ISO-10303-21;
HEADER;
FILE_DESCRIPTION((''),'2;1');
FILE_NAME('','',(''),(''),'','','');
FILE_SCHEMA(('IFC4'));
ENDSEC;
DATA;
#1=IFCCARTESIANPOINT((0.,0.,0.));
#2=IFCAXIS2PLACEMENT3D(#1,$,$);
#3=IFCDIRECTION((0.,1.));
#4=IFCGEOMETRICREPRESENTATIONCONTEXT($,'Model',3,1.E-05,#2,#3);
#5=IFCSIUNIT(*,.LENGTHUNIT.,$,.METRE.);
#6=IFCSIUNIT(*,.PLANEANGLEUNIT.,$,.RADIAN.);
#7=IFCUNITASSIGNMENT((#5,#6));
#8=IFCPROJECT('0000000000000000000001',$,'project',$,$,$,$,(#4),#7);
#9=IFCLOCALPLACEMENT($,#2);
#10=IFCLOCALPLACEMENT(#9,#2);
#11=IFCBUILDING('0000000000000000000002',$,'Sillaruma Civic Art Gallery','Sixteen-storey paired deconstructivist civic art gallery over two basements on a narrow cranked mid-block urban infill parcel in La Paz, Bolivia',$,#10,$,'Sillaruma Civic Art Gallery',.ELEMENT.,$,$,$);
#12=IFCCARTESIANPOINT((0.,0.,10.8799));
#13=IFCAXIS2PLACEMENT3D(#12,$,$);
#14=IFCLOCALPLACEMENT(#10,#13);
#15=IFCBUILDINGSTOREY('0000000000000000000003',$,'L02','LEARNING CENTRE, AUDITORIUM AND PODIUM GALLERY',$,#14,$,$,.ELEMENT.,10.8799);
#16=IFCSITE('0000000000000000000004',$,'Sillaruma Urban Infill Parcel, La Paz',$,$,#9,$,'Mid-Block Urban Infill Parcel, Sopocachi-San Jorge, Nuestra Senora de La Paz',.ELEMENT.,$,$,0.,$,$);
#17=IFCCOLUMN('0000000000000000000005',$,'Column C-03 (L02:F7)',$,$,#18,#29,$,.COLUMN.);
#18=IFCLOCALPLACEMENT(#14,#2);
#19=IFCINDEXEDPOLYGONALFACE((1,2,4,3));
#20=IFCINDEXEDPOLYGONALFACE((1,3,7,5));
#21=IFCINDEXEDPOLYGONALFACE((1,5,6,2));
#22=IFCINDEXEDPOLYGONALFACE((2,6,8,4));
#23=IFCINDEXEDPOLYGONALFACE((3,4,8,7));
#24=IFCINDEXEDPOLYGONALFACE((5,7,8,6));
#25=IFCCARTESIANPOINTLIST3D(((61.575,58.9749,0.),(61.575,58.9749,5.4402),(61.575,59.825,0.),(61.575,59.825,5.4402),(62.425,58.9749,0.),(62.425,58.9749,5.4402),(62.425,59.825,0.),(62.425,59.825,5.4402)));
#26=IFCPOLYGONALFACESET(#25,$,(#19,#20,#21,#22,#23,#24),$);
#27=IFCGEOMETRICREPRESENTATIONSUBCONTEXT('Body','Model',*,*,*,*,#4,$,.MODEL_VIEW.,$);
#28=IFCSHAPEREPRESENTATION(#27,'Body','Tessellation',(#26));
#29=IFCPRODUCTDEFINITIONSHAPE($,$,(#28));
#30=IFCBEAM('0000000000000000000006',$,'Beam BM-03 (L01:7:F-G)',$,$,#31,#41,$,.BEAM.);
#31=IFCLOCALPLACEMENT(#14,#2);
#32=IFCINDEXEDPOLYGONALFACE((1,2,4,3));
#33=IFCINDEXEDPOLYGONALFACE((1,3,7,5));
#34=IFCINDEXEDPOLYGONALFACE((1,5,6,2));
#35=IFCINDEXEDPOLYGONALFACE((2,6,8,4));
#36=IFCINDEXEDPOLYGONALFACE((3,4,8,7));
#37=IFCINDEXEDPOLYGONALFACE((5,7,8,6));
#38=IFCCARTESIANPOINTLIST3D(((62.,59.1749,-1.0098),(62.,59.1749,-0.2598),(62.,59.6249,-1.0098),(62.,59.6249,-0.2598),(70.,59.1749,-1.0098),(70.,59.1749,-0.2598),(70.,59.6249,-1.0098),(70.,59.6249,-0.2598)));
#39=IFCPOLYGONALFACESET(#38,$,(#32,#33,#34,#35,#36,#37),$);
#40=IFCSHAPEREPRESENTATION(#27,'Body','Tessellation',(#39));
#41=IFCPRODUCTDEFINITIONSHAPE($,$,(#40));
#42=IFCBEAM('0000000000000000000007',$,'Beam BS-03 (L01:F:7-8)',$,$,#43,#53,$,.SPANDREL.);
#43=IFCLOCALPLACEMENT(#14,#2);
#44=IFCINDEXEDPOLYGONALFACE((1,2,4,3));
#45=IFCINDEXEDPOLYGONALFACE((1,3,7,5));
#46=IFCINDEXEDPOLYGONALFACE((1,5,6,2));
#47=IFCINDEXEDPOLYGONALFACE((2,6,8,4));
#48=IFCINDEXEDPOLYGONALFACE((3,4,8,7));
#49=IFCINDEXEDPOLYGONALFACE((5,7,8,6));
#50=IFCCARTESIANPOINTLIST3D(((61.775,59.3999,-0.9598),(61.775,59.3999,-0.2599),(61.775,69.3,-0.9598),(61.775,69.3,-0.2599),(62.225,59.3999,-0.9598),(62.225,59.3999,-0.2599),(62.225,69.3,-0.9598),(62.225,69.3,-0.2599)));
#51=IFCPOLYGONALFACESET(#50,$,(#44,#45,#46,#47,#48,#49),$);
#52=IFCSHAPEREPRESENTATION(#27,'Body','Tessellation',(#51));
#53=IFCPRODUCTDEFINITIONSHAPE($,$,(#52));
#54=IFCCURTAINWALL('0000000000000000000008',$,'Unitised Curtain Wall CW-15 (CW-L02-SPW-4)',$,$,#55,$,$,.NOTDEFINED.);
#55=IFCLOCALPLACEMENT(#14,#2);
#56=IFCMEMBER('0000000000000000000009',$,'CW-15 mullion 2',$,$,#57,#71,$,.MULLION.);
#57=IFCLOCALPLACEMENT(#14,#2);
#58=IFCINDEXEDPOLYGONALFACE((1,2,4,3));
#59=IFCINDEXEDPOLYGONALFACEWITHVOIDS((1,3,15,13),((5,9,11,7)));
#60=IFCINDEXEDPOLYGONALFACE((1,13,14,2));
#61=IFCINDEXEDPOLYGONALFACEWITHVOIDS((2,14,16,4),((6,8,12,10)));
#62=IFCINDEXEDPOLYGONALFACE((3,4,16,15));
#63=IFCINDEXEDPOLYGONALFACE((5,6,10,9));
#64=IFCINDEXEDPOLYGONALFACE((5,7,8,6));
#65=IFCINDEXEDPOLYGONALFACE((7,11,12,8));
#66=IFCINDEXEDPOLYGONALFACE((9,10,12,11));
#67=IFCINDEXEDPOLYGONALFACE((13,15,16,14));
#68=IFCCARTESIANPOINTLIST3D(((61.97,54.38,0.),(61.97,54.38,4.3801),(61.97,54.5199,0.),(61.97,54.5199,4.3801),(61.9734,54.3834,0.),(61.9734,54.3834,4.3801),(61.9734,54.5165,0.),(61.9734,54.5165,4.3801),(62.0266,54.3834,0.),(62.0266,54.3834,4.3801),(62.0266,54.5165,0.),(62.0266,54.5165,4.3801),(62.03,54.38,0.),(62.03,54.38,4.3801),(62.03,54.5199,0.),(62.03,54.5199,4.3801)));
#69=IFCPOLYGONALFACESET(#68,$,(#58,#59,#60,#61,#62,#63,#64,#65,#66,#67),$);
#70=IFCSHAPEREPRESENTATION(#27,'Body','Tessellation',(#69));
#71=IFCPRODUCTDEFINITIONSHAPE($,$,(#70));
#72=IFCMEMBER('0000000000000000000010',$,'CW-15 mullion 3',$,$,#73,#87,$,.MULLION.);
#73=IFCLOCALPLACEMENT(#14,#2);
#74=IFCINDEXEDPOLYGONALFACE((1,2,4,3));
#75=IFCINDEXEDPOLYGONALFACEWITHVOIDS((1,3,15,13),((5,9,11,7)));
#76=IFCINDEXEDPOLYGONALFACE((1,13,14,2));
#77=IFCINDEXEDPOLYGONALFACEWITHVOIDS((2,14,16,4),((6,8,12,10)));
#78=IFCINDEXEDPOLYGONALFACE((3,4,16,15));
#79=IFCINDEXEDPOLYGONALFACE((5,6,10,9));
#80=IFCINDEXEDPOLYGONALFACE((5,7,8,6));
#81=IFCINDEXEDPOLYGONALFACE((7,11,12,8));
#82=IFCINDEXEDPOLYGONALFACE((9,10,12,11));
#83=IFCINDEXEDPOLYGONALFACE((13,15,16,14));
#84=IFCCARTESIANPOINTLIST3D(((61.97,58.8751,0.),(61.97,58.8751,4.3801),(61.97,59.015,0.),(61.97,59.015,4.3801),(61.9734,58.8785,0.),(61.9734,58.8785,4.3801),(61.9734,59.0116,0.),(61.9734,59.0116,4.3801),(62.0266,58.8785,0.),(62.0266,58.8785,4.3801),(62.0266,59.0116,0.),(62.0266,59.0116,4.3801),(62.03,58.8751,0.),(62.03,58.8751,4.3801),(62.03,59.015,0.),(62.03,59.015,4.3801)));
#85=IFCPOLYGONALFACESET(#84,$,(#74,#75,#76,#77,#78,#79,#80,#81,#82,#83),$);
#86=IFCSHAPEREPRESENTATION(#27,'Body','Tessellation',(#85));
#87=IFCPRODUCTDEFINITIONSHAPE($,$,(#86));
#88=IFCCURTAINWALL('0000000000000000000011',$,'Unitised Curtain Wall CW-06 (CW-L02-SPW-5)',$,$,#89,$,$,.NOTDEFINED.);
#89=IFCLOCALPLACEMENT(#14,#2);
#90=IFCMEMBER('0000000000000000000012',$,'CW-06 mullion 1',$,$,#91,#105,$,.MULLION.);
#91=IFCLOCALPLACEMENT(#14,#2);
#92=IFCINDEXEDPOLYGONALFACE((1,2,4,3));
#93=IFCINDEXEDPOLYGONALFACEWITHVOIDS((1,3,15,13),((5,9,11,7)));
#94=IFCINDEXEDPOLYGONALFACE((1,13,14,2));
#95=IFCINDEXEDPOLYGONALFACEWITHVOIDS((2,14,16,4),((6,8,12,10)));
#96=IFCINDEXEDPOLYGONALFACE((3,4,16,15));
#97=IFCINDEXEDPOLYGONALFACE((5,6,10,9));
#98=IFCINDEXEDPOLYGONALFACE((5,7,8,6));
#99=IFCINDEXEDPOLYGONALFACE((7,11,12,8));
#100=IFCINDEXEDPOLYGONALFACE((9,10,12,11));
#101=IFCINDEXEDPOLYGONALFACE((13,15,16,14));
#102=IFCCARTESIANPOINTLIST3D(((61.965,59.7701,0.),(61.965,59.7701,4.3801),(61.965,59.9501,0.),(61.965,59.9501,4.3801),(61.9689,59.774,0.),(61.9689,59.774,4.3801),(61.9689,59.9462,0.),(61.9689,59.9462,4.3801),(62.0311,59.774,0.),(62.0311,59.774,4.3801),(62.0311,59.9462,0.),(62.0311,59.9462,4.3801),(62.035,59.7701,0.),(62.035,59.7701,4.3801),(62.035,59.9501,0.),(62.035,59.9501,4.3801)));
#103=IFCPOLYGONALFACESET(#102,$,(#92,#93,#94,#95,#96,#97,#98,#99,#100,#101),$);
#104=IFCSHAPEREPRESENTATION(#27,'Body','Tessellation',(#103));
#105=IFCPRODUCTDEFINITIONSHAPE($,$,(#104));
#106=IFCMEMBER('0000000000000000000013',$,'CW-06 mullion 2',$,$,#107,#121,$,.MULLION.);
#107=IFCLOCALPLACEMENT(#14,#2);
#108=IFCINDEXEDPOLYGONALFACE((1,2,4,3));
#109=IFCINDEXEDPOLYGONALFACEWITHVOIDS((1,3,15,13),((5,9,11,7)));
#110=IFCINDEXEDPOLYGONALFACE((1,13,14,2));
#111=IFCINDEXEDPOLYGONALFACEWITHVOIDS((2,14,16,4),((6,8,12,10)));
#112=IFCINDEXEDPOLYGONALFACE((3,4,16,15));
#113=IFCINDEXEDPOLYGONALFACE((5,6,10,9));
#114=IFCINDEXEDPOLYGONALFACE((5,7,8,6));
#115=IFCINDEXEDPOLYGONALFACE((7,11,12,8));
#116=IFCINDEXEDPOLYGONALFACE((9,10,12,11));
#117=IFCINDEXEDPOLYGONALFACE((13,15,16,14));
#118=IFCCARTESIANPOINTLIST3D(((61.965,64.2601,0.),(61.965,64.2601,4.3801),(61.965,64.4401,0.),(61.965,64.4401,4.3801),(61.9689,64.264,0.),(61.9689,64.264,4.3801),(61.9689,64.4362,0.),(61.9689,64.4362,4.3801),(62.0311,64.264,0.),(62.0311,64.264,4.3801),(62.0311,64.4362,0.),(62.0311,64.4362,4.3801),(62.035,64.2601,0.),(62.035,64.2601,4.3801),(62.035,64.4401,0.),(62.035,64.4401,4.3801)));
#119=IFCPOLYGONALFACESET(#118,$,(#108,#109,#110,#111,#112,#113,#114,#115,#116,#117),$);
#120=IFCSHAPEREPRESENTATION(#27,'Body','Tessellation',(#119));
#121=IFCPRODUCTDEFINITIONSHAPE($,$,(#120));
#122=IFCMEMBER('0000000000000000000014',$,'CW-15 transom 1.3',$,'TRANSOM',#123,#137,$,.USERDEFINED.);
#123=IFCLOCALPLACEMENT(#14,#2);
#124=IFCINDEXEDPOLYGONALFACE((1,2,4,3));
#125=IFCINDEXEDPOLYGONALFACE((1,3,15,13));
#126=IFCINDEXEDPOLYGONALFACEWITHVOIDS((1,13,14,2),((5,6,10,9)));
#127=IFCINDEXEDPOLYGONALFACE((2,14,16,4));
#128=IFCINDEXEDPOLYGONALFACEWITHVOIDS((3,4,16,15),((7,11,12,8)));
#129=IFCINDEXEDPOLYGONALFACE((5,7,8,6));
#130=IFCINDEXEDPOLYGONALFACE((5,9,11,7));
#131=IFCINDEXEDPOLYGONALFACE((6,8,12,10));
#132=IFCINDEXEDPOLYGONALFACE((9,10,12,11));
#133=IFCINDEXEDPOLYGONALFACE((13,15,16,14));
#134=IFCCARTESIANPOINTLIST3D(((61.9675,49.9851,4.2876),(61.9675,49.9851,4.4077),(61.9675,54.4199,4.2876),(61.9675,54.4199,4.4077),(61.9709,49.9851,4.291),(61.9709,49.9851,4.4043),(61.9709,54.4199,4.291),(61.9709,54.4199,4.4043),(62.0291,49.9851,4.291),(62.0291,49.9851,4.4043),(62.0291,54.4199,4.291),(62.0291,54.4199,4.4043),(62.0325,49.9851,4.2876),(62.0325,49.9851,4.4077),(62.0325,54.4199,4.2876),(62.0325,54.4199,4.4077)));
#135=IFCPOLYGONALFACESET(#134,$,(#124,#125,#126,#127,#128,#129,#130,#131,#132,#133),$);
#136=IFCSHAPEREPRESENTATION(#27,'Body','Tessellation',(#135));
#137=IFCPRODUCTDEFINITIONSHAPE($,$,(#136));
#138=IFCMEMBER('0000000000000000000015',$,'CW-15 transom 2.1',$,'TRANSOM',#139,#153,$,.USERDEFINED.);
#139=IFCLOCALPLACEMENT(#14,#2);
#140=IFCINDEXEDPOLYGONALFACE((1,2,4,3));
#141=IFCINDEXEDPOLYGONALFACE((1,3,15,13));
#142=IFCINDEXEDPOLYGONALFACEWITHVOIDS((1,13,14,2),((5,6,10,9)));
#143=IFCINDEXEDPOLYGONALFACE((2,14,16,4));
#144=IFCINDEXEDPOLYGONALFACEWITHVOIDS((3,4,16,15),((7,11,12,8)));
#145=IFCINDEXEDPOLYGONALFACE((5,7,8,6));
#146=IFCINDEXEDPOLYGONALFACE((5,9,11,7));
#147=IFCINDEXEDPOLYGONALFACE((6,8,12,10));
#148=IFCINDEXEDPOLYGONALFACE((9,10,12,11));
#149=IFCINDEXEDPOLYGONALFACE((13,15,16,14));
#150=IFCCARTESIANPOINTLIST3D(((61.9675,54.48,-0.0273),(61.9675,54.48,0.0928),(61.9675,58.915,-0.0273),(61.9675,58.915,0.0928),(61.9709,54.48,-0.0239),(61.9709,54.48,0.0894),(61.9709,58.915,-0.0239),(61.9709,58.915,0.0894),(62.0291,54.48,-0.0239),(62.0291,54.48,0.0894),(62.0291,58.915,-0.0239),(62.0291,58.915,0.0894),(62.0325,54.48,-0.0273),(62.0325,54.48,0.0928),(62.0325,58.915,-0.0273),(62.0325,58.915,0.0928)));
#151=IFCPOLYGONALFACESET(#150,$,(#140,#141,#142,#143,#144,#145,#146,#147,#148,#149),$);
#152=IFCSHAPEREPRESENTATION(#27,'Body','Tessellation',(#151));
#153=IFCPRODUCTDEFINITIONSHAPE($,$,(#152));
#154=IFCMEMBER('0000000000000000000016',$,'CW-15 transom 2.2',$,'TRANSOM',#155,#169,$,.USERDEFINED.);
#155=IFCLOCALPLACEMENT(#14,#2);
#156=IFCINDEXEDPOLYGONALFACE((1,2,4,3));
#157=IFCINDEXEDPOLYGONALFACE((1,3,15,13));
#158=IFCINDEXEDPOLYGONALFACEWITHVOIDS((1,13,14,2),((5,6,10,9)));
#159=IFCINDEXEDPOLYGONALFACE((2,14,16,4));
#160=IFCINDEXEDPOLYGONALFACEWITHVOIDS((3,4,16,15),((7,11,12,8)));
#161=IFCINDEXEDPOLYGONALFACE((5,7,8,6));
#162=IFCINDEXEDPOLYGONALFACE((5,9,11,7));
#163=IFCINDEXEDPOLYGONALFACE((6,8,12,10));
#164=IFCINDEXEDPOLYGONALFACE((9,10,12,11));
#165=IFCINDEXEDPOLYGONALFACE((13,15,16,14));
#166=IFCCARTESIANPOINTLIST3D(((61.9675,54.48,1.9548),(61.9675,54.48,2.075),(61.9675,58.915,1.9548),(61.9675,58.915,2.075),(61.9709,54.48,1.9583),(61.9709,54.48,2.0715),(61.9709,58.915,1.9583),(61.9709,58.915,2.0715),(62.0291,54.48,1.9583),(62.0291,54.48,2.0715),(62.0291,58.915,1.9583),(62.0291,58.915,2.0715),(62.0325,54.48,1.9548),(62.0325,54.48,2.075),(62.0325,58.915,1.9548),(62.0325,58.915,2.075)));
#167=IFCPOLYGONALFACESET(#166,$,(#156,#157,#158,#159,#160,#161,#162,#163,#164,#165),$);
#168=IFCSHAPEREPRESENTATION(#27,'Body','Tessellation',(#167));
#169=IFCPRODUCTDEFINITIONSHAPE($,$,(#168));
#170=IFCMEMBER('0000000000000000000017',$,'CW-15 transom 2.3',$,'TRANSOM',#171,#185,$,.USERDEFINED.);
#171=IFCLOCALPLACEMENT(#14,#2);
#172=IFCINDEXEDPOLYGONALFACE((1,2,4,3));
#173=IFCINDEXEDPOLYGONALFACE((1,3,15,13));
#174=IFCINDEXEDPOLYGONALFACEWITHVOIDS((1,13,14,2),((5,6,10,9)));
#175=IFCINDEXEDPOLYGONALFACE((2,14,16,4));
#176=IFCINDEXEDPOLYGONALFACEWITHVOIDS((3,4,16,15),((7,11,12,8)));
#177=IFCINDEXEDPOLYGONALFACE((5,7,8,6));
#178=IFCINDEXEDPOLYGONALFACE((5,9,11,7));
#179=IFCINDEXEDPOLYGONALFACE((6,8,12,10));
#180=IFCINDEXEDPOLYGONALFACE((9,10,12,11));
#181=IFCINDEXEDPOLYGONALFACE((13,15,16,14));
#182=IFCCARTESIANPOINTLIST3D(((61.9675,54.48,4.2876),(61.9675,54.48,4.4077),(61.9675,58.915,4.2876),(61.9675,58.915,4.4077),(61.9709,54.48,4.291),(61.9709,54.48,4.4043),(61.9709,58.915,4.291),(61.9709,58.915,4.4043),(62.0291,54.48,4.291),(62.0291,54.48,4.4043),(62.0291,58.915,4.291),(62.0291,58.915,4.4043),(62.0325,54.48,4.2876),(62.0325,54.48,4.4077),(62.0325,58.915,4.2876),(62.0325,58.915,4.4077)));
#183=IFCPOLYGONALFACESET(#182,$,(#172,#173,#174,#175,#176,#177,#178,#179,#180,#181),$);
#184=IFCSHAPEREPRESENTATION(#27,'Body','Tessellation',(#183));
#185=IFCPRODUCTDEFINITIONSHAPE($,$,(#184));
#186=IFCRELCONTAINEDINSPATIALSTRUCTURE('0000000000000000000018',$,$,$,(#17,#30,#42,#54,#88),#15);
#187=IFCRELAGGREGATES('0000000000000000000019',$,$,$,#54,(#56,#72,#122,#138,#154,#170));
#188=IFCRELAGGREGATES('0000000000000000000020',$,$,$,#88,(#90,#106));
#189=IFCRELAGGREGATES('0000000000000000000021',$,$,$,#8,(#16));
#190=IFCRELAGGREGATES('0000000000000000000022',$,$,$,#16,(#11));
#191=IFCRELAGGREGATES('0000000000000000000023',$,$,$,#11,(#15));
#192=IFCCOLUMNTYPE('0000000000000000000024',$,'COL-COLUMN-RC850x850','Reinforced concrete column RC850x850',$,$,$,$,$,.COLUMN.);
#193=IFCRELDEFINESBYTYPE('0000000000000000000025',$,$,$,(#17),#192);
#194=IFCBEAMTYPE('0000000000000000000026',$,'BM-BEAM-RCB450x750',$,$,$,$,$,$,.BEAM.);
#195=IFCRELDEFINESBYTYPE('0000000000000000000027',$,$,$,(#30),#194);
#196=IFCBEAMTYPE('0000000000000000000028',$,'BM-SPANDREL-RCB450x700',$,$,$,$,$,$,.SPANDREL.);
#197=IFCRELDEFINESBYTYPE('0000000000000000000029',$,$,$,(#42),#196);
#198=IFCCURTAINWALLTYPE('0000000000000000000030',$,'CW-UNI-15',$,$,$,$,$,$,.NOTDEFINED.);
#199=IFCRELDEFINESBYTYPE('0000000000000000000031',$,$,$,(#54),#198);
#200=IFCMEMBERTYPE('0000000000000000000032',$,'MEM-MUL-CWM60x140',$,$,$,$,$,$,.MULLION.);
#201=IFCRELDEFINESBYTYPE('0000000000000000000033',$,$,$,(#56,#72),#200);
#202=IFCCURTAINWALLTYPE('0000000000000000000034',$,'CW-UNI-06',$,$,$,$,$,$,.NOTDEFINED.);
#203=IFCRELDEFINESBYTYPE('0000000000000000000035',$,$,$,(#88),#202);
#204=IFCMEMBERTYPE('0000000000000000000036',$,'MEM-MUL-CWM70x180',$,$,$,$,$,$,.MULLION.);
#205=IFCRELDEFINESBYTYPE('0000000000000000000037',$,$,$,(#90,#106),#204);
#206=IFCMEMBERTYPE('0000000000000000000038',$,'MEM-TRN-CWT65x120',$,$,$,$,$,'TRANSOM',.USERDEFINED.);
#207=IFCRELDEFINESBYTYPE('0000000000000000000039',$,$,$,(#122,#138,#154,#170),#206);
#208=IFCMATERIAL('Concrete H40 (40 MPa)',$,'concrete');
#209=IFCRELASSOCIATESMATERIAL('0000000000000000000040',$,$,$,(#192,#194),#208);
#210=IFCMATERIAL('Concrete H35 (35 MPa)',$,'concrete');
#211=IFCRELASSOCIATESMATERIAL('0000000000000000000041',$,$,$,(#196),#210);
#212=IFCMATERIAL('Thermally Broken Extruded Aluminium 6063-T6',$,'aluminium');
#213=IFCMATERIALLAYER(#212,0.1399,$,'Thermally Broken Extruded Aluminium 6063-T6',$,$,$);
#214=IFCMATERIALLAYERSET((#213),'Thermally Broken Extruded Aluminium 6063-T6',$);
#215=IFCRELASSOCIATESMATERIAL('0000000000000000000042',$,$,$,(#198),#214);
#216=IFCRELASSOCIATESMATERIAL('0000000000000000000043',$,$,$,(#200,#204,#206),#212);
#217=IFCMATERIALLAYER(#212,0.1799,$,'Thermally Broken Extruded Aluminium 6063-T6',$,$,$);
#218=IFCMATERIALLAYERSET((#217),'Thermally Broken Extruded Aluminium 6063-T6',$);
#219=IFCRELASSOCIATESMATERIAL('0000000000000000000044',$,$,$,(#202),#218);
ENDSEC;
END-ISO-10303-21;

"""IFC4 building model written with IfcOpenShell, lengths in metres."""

from ifc_helpers import new_model, si_unit, direction, frame, origin, origin_2d, place, context, subcontext, project, spatial, rectangle, hollow_rectangle, extrude, material, layer, layer_set, material_profile, profile_set, type_object, element, aggregate, save


model = new_model("IFC4")

# Units and contexts
model_context = context("Model", 3, precision=1e-05, world=origin(), true_north=direction((0.0, 1.0)))
body_context = subcontext(model_context, "Body", "Model", "MODEL_VIEW")
ifc_project = project(units=[si_unit("LENGTHUNIT", "METRE"), si_unit("PLANEANGLEUNIT", "RADIAN")], contexts=[model_context])

# Site, building, storey
site_placement = place(None, origin())
site = spatial("IfcSite", under=ifc_project, at=site_placement, Name="Sillaruma Urban Infill Parcel, La Paz", LongName="Mid-Block Urban Infill Parcel, Sopocachi-San Jorge, Nuestra Senora de La Paz", CompositionType="ELEMENT", RefElevation=0.0)
building_placement = place(site_placement, origin())
building = spatial("IfcBuilding", under=site, at=building_placement, Name="Sillaruma Civic Art Gallery", Description="Sixteen-storey paired deconstructivist civic art gallery over two basements on a narrow cranked mid-block urban infill parcel in La Paz, Bolivia", LongName="Sillaruma Civic Art Gallery", CompositionType="ELEMENT")
storey_placement = place(building_placement, frame((0.0, 0.0, 10.8799)))
storey = spatial("IfcBuildingStorey", under=building, at=storey_placement, Name="L02", Description="LEARNING CENTRE, AUDITORIUM AND PODIUM GALLERY", CompositionType="ELEMENT", Elevation=10.8799)

# Column
ifc_material_1 = material(Name="Concrete H40 (40 MPa)", Category="concrete")
ifc_material_profile_1 = material_profile(ifc_material_1, rectangle(XDim=0.8501, YDim=0.8501, at=origin_2d()), Name="RC850x850")
ifc_profile_set_1 = profile_set([ifc_material_profile_1], Name="Concrete H40 (40 MPa)")
column_type = type_object("IfcColumnType", Name="COL-COLUMN-RC850x850", Description="Reinforced concrete column RC850x850", PredefinedType="COLUMN", material=ifc_profile_set_1)
column_placement = place(storey_placement, frame((62.0, 59.3999, 0.0), z_axis=(0.0, 0.0, 1.0), x_axis=(1.0, 0.0, 0.0)))
element("IfcColumn", 1, at=column_placement, inside=storey, type_object=column_type, Name="Column C-03 (L02:F7)", PredefinedType="COLUMN", context=body_context, shape_type="SweptSolid", body=[
    extrude(rectangle(XDim=0.8501, YDim=0.8501, at=origin_2d()), origin(), (0.0, 0.0, 1.0), 5.4402),
])

# Beams
ifc_material_profile_2 = material_profile(ifc_material_1, rectangle(XDim=0.45, YDim=0.75, at=origin_2d()), Name="RCB450x750")
ifc_profile_set_2 = profile_set([ifc_material_profile_2], Name="Concrete H40 (40 MPa)")
beam_type_1 = type_object("IfcBeamType", Name="BM-BEAM-RCB450x750", PredefinedType="BEAM", material=ifc_profile_set_2)
beam_1_placement = place(storey_placement, frame((62.0, 59.3999, -0.6348), z_axis=(1.0, 0.0, 0.0), x_axis=(0.0, 1.0, 0.0)))
element("IfcBeam", 2, at=beam_1_placement, inside=storey, type_object=beam_type_1, Name="Beam BM-03 (L01:7:F-G)", PredefinedType="BEAM", context=body_context, shape_type="SweptSolid", body=[
    extrude(rectangle(XDim=0.45, YDim=0.75, at=origin_2d()), origin(), (0.0, 0.0, 1.0), 8.0),
])
ifc_material_2 = material(Name="Concrete H35 (35 MPa)", Category="concrete")
ifc_material_profile_3 = material_profile(ifc_material_2, rectangle(XDim=0.45, YDim=0.7, at=origin_2d()), Name="RCB450x700")
ifc_profile_set_3 = profile_set([ifc_material_profile_3], Name="Concrete H35 (35 MPa)")
beam_type_2 = type_object("IfcBeamType", Name="BM-SPANDREL-RCB450x700", PredefinedType="SPANDREL", material=ifc_profile_set_3)
beam_2_placement = place(storey_placement, frame((62.0, 59.3999, -0.6099), z_axis=(0.0, 1.0, 0.0), x_axis=(-1.0, 0.0, 0.0)))
element("IfcBeam", 3, at=beam_2_placement, inside=storey, type_object=beam_type_2, Name="Beam BS-03 (L01:F:7-8)", PredefinedType="SPANDREL", context=body_context, shape_type="SweptSolid", body=[
    extrude(rectangle(XDim=0.45, YDim=0.7, at=origin_2d()), origin(), (0.0, 0.0, 1.0), 9.9001),
])

# Curtain walls, members
ifc_material_3 = material(Name="Thermally Broken Extruded Aluminium 6063-T6", Category="aluminium")
ifc_layer_1 = layer(ifc_material_3, 0.1399, Name="Thermally Broken Extruded Aluminium 6063-T6")
ifc_layer_set_1 = layer_set([ifc_layer_1], Name="Thermally Broken Extruded Aluminium 6063-T6")
curtain_wall_type_1 = type_object("IfcCurtainWallType", Name="CW-UNI-15", PredefinedType="NOTDEFINED", material=ifc_layer_set_1)
curtain_wall_1_placement = place(storey_placement, origin())
curtain_wall_1 = element("IfcCurtainWall", 4, at=curtain_wall_1_placement, inside=storey, type_object=curtain_wall_type_1, Name="Unitised Curtain Wall CW-15 (CW-L02-SPW-4)", PredefinedType="NOTDEFINED")
ifc_material_profile_4 = material_profile(ifc_material_3, hollow_rectangle(XDim=0.0601, YDim=0.1399, WallThickness=0.0034, at=origin_2d()), Name="CWM60x140")
ifc_profile_set_4 = profile_set([ifc_material_profile_4], Name="Thermally Broken Extruded Aluminium 6063-T6")
member_type_1 = type_object("IfcMemberType", Name="MEM-MUL-CWM60x140", PredefinedType="MULLION", material=ifc_profile_set_4)
member_1_placement = place(storey_placement, frame((62.0, 54.45, 0.0), z_axis=(0.0, 0.0, 1.0), x_axis=(-1.0, 0.0, 0.0)))
member_1 = element("IfcMember", 5, at=member_1_placement, type_object=member_type_1, Name="CW-15 mullion 2", PredefinedType="MULLION", context=body_context, shape_type="SweptSolid", body=[
    extrude(hollow_rectangle(XDim=0.0601, YDim=0.1399, WallThickness=0.0034, at=origin_2d()), origin(), (0.0, 0.0, 1.0), 4.3801),
])
member_2_placement = place(storey_placement, frame((62.0, 58.9451, 0.0), z_axis=(0.0, 0.0, 1.0), x_axis=(-1.0, 0.0, 0.0)))
member_2 = element("IfcMember", 6, at=member_2_placement, type_object=member_type_1, Name="CW-15 mullion 3", PredefinedType="MULLION", context=body_context, shape_type="SweptSolid", body=[
    extrude(hollow_rectangle(XDim=0.0601, YDim=0.1399, WallThickness=0.0034, at=origin_2d()), origin(), (0.0, 0.0, 1.0), 4.3801),
])
ifc_layer_2 = layer(ifc_material_3, 0.1799, Name="Thermally Broken Extruded Aluminium 6063-T6")
ifc_layer_set_2 = layer_set([ifc_layer_2], Name="Thermally Broken Extruded Aluminium 6063-T6")
curtain_wall_type_2 = type_object("IfcCurtainWallType", Name="CW-UNI-06", PredefinedType="NOTDEFINED", material=ifc_layer_set_2)
curtain_wall_2_placement = place(storey_placement, origin())
curtain_wall_2 = element("IfcCurtainWall", 7, at=curtain_wall_2_placement, inside=storey, type_object=curtain_wall_type_2, Name="Unitised Curtain Wall CW-06 (CW-L02-SPW-5)", PredefinedType="NOTDEFINED")
ifc_material_profile_5 = material_profile(ifc_material_3, hollow_rectangle(XDim=0.0701, YDim=0.1799, WallThickness=0.0039, at=origin_2d()), Name="CWM70x180")
ifc_profile_set_5 = profile_set([ifc_material_profile_5], Name="Thermally Broken Extruded Aluminium 6063-T6")
member_type_2 = type_object("IfcMemberType", Name="MEM-MUL-CWM70x180", PredefinedType="MULLION", material=ifc_profile_set_5)
member_3_placement = place(storey_placement, frame((62.0, 59.8601, 0.0), z_axis=(0.0, 0.0, 1.0), x_axis=(-1.0, 0.0, 0.0)))
member_3 = element("IfcMember", 8, at=member_3_placement, type_object=member_type_2, Name="CW-06 mullion 1", PredefinedType="MULLION", context=body_context, shape_type="SweptSolid", body=[
    extrude(hollow_rectangle(XDim=0.0701, YDim=0.1799, WallThickness=0.0039, at=origin_2d()), origin(), (0.0, 0.0, 1.0), 4.3801),
])
member_4_placement = place(storey_placement, frame((62.0, 64.3501, 0.0), z_axis=(0.0, 0.0, 1.0), x_axis=(-1.0, 0.0, 0.0)))
member_4 = element("IfcMember", 9, at=member_4_placement, type_object=member_type_2, Name="CW-06 mullion 2", PredefinedType="MULLION", context=body_context, shape_type="SweptSolid", body=[
    extrude(hollow_rectangle(XDim=0.0701, YDim=0.1799, WallThickness=0.0039, at=origin_2d()), origin(), (0.0, 0.0, 1.0), 4.3801),
])

# Members
ifc_material_profile_6 = material_profile(ifc_material_3, hollow_rectangle(XDim=0.0649, YDim=0.1201, WallThickness=0.0034, at=origin_2d()), Name="CWT65x120")
ifc_profile_set_6 = profile_set([ifc_material_profile_6], Name="Thermally Broken Extruded Aluminium 6063-T6")
member_type_3 = type_object("IfcMemberType", Name="MEM-TRN-CWT65x120", ElementType="TRANSOM", PredefinedType="USERDEFINED", material=ifc_profile_set_6)
member_5_placement = place(storey_placement, frame((62.0, 49.9851, 4.3477), z_axis=(0.0, 1.0, 0.0), x_axis=(-1.0, 0.0, 0.0)))
member_5 = element("IfcMember", 10, at=member_5_placement, type_object=member_type_3, Name="CW-15 transom 1.3", ObjectType="TRANSOM", PredefinedType="USERDEFINED", context=body_context, shape_type="SweptSolid", body=[
    extrude(hollow_rectangle(XDim=0.0649, YDim=0.1201, WallThickness=0.0034, at=origin_2d()), origin(), (0.0, 0.0, 1.0), 4.4348),
])
member_6_placement = place(storey_placement, frame((62.0, 54.48, 0.0327), z_axis=(0.0, 1.0, 0.0), x_axis=(-1.0, 0.0, 0.0)))
member_6 = element("IfcMember", 11, at=member_6_placement, type_object=member_type_3, Name="CW-15 transom 2.1", ObjectType="TRANSOM", PredefinedType="USERDEFINED", context=body_context, shape_type="SweptSolid", body=[
    extrude(hollow_rectangle(XDim=0.0649, YDim=0.1201, WallThickness=0.0034, at=origin_2d()), origin(), (0.0, 0.0, 1.0), 4.4351),
])
member_7_placement = place(storey_placement, frame((62.0, 54.48, 2.0149), z_axis=(0.0, 1.0, 0.0), x_axis=(-1.0, 0.0, 0.0)))
member_7 = element("IfcMember", 12, at=member_7_placement, type_object=member_type_3, Name="CW-15 transom 2.2", ObjectType="TRANSOM", PredefinedType="USERDEFINED", context=body_context, shape_type="SweptSolid", body=[
    extrude(hollow_rectangle(XDim=0.0649, YDim=0.1201, WallThickness=0.0034, at=origin_2d()), origin(), (0.0, 0.0, 1.0), 4.4351),
])
member_8_placement = place(storey_placement, frame((62.0, 54.48, 4.3477), z_axis=(0.0, 1.0, 0.0), x_axis=(-1.0, 0.0, 0.0)))
member_8 = element("IfcMember", 13, at=member_8_placement, type_object=member_type_3, Name="CW-15 transom 2.3", ObjectType="TRANSOM", PredefinedType="USERDEFINED", context=body_context, shape_type="SweptSolid", body=[
    extrude(hollow_rectangle(XDim=0.0649, YDim=0.1201, WallThickness=0.0034, at=origin_2d()), origin(), (0.0, 0.0, 1.0), 4.4351),
])

aggregate(curtain_wall_1, [member_1, member_2, member_5, member_6, member_7, member_8])
aggregate(curtain_wall_2, [member_3, member_4])

save(model, "model.ifc")
